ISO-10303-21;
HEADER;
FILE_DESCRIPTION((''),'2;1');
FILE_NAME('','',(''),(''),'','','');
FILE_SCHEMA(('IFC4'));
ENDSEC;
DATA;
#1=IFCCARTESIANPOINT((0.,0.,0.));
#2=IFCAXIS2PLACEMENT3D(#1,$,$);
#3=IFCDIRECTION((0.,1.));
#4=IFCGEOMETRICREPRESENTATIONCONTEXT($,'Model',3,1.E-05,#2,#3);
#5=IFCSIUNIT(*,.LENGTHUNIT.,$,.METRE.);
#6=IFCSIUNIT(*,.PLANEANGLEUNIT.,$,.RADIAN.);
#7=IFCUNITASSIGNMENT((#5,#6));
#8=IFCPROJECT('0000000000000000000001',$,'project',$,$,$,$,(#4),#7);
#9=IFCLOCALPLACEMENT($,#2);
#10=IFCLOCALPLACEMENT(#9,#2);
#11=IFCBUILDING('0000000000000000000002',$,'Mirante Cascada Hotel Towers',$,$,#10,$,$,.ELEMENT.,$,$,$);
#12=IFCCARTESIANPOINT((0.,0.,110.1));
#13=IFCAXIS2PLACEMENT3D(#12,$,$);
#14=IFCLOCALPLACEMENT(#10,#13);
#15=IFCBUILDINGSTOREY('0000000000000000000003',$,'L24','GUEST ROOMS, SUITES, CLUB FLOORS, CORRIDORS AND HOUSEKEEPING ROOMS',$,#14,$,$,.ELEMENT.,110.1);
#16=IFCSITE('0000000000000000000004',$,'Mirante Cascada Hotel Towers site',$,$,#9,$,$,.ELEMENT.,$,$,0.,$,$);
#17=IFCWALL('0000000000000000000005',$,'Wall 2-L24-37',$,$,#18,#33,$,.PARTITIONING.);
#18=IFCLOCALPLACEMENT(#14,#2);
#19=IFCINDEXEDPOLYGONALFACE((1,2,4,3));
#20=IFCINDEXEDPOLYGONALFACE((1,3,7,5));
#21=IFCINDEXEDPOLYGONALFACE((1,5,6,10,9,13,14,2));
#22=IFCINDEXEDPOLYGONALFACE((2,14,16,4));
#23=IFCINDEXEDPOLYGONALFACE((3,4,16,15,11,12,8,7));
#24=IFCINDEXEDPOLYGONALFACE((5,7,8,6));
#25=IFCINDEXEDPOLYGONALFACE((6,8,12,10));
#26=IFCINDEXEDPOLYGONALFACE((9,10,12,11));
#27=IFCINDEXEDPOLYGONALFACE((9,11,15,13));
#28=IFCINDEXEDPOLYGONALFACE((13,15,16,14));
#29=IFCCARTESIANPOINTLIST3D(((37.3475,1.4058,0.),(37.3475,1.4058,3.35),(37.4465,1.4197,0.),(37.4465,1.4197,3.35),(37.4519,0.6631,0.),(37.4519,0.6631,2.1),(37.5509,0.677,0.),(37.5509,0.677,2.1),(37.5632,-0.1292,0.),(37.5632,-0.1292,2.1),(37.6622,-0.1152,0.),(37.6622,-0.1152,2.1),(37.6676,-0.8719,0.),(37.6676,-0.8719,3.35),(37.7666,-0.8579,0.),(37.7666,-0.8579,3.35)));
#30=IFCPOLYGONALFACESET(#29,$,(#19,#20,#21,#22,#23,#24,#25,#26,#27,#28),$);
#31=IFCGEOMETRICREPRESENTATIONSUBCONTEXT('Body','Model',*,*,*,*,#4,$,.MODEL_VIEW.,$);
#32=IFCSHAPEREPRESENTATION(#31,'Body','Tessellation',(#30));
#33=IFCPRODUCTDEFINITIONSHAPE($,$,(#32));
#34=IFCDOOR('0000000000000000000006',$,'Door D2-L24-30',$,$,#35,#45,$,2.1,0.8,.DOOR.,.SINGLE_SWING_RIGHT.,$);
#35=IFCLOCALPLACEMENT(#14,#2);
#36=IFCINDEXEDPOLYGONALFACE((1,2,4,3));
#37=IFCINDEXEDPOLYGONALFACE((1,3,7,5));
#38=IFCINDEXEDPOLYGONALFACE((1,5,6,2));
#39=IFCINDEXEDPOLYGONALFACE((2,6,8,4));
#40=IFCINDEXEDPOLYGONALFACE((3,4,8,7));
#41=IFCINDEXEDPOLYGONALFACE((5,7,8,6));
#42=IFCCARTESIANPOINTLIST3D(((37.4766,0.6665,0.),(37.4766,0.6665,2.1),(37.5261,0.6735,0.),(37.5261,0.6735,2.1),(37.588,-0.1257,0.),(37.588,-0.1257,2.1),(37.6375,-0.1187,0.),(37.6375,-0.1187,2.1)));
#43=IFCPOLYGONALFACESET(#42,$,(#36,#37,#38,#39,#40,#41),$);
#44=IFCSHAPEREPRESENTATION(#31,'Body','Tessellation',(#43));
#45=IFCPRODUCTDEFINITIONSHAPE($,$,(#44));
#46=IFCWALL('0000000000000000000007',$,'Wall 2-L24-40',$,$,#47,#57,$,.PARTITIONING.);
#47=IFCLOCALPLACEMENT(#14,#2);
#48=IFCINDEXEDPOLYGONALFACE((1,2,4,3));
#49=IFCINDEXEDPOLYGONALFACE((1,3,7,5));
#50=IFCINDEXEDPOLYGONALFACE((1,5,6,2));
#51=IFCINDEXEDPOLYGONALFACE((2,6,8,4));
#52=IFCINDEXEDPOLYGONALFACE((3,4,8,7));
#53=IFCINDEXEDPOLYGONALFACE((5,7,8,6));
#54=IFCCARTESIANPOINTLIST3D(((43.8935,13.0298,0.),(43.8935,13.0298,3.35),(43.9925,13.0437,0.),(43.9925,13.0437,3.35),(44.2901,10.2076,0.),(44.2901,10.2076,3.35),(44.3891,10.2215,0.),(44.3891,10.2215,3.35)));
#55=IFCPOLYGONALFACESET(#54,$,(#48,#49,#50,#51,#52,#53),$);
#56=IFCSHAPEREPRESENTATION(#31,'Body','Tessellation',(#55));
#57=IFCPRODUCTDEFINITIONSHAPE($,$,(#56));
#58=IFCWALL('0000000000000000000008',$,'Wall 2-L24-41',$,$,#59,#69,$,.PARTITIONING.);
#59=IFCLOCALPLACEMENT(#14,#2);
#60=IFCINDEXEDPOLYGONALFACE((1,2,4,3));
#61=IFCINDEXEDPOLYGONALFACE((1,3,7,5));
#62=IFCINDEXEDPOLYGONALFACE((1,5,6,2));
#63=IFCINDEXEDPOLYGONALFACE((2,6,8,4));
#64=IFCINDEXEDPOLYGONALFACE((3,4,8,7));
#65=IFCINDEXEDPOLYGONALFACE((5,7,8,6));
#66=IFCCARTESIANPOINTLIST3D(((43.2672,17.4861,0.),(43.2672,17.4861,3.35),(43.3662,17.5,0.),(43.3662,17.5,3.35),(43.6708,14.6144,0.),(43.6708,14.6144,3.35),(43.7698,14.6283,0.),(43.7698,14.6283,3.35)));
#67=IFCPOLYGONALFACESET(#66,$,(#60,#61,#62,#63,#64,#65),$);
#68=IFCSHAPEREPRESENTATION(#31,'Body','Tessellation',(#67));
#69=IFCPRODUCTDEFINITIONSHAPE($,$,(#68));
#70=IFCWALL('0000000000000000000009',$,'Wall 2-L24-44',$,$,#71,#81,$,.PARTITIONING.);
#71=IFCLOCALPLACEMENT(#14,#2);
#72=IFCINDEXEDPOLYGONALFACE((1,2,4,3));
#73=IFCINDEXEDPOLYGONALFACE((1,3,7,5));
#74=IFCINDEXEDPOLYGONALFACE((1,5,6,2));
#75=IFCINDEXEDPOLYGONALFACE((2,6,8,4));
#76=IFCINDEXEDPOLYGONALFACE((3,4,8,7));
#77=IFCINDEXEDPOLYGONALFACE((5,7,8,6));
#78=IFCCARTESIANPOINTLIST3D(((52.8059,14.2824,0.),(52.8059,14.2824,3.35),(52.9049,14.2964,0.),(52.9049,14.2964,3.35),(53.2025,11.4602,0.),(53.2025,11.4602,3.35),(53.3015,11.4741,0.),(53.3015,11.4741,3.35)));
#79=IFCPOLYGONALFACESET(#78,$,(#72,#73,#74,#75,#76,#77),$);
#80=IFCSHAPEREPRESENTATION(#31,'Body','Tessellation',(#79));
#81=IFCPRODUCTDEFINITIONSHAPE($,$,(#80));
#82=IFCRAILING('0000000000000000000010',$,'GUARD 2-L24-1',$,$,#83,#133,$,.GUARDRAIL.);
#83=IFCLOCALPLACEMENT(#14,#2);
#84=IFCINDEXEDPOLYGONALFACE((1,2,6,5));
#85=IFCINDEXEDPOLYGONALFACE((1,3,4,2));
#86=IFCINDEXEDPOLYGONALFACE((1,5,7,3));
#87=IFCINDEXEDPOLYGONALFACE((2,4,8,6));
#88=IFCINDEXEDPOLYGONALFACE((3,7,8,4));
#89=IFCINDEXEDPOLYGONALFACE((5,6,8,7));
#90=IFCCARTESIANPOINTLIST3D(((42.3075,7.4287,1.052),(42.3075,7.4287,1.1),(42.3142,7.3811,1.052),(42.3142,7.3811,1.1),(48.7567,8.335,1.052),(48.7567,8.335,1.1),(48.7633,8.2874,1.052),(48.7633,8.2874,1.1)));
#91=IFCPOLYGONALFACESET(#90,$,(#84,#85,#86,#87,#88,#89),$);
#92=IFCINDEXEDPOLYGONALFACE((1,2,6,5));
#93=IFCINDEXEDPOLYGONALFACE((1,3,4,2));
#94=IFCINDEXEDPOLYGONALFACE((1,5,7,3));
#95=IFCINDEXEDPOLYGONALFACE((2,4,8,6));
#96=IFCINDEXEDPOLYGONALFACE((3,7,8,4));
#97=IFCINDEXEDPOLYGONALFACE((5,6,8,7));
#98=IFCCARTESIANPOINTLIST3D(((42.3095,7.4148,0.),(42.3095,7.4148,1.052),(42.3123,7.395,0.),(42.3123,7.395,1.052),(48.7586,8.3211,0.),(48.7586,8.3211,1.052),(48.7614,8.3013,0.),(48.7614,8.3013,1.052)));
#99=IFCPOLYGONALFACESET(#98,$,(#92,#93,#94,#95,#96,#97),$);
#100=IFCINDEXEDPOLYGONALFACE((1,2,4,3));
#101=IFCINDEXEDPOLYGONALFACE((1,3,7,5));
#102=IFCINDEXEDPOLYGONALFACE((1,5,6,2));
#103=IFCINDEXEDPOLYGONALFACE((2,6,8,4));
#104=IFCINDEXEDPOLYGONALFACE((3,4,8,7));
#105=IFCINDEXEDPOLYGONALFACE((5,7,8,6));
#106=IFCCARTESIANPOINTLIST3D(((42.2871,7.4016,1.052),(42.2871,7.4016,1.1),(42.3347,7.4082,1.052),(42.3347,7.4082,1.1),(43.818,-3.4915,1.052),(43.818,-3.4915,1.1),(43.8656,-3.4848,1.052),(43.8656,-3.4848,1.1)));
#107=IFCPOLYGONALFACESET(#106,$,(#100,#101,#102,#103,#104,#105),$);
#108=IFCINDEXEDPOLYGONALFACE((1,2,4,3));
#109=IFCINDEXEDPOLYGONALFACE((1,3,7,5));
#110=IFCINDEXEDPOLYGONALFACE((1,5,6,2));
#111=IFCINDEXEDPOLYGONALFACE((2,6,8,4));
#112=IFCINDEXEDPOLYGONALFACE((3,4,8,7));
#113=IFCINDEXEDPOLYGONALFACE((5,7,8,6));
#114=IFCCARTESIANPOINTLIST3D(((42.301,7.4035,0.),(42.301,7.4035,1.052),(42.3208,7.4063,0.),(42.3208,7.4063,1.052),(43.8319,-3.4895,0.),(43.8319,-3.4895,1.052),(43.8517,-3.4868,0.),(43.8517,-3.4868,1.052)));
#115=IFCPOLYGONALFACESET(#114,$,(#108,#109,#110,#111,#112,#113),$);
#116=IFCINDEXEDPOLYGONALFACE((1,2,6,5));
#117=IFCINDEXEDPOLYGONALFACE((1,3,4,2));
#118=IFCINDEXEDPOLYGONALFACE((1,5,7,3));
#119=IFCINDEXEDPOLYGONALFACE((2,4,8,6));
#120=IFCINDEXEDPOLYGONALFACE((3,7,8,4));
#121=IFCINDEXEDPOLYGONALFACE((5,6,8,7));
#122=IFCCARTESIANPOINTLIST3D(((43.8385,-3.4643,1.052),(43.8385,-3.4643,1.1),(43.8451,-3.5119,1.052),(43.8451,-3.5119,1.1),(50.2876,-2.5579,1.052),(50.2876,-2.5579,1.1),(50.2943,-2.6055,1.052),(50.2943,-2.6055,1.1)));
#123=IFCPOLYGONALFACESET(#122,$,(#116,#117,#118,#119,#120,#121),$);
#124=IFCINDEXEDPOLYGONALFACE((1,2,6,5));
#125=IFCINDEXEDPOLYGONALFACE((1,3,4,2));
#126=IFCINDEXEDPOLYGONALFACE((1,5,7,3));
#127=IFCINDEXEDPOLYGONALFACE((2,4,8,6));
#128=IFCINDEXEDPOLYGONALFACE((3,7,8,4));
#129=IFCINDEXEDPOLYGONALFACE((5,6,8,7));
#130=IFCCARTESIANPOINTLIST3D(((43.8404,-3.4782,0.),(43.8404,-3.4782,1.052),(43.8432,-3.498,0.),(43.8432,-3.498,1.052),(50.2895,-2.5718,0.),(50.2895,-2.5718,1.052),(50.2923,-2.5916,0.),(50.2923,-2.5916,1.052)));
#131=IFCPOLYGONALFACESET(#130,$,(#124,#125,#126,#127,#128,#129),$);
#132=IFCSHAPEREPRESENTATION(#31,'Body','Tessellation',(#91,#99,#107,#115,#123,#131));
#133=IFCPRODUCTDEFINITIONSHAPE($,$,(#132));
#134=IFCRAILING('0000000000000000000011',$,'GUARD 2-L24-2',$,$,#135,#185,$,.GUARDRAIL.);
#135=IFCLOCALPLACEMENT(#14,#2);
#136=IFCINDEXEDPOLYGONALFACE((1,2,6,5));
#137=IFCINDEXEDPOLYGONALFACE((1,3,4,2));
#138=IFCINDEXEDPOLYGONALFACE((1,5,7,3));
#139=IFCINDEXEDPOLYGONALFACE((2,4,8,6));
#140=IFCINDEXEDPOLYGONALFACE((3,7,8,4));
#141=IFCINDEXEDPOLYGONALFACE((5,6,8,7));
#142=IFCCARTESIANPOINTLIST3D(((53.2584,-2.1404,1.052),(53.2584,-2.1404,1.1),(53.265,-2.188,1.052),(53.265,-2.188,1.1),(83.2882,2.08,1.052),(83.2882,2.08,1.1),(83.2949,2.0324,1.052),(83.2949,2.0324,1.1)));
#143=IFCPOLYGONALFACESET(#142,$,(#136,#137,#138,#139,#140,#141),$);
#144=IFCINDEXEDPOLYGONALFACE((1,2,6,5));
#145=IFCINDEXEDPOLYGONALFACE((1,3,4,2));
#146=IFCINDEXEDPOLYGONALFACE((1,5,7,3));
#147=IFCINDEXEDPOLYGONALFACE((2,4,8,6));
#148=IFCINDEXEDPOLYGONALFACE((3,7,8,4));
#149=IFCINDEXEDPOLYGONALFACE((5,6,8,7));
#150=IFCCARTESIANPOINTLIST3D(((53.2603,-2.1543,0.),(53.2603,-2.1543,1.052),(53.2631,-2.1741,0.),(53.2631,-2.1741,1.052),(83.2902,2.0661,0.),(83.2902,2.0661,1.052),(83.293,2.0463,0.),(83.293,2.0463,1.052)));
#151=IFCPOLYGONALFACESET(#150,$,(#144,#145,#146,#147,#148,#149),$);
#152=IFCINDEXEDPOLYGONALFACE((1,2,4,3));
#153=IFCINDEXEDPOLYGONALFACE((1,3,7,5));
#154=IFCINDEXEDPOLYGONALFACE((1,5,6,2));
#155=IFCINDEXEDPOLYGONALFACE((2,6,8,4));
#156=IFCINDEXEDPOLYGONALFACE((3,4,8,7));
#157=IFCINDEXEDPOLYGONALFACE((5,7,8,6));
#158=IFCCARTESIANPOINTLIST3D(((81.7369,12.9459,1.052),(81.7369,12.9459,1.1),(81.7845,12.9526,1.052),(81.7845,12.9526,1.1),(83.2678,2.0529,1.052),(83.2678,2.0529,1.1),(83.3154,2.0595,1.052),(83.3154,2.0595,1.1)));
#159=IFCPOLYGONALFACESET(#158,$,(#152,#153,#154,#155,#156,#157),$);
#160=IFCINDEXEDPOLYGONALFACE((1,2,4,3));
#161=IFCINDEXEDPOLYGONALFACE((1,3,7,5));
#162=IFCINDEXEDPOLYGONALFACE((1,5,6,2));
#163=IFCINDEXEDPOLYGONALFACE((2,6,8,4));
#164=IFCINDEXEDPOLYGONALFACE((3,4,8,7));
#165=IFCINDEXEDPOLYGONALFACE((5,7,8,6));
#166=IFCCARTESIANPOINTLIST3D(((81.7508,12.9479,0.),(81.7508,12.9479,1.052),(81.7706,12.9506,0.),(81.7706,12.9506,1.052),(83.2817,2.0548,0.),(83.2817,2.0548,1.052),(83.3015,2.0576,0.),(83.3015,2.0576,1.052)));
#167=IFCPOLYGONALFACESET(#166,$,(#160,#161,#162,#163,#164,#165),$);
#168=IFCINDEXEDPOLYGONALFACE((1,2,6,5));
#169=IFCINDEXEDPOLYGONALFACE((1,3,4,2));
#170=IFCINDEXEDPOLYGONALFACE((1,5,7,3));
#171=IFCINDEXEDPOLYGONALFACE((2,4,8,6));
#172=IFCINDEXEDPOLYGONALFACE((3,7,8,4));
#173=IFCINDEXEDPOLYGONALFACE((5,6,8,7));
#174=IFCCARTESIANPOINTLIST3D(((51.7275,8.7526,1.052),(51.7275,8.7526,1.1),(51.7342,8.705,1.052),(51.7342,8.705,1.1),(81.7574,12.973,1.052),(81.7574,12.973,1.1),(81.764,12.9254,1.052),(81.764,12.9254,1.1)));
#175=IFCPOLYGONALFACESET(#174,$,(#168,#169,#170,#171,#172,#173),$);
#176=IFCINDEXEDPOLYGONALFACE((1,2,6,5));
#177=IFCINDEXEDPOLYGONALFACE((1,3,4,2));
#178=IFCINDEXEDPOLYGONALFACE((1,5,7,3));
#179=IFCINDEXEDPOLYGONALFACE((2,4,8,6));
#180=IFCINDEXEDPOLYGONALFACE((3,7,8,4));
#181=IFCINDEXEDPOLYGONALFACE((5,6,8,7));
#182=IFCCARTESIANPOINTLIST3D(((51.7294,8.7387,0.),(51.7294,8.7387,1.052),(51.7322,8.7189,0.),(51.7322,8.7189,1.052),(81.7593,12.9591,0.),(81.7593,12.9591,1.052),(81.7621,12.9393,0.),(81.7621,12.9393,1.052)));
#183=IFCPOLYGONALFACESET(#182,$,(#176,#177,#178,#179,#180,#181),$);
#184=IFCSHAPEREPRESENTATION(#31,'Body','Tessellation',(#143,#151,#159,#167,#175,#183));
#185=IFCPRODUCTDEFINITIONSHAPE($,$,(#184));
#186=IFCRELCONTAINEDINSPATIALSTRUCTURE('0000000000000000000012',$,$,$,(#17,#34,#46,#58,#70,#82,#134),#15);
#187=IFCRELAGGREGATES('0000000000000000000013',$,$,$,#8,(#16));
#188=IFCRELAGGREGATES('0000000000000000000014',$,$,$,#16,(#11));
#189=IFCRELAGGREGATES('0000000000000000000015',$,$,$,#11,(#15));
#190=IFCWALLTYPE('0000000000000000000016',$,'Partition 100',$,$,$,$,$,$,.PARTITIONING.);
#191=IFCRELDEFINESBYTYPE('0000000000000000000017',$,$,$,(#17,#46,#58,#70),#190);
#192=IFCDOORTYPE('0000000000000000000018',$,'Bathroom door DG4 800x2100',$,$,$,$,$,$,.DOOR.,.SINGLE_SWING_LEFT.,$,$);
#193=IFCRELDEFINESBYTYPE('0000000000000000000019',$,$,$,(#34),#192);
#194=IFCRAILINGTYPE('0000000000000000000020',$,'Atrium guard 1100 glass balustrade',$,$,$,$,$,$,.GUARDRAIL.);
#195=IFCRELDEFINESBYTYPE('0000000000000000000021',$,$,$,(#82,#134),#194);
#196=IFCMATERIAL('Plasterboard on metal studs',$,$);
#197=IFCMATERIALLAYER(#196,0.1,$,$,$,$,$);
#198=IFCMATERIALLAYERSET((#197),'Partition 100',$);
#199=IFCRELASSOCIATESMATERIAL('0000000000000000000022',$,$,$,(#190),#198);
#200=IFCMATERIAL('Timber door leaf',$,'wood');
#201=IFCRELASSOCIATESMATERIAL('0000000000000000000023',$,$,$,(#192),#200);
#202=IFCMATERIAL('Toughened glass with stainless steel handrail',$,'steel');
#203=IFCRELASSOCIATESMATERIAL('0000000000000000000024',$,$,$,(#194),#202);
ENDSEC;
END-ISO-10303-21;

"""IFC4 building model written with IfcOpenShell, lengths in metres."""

from ifc_helpers import new_model, si_unit, direction, frame, frame_2d, origin, origin_2d, place, context, subcontext, project, spatial, rectangle, extrude, material, layer, layer_set, type_object, element, fill, save


model = new_model("IFC4")

# Units and contexts
model_context = context("Model", 3, precision=1e-05, world=origin(), true_north=direction((0.0, 1.0)))
body_context = subcontext(model_context, "Body", "Model", "MODEL_VIEW")
ifc_project = project(units=[si_unit("LENGTHUNIT", "METRE"), si_unit("PLANEANGLEUNIT", "RADIAN")], contexts=[model_context])

# Site, building, storey
site_placement = place(None, origin())
site = spatial("IfcSite", under=ifc_project, at=site_placement, Name="Mirante Cascada Hotel Towers site", CompositionType="ELEMENT", RefElevation=0.0)
building_placement = place(site_placement, origin())
building = spatial("IfcBuilding", under=site, at=building_placement, Name="Mirante Cascada Hotel Towers", CompositionType="ELEMENT")
storey_placement = place(building_placement, frame((0.0, 0.0, 110.1)))
storey = spatial("IfcBuildingStorey", under=building, at=storey_placement, Name="L24", Description="GUEST ROOMS, SUITES, CLUB FLOORS, CORRIDORS AND HOUSEKEEPING ROOMS", CompositionType="ELEMENT", Elevation=110.1)

# Shared definitions
ifc_material_1 = material(Name="Plasterboard on metal studs")
ifc_layer_1 = layer(ifc_material_1, 0.1)
ifc_layer_set_1 = layer_set([ifc_layer_1], Name="Partition 100")
wall_type_1 = type_object("IfcWallType", Name="Partition 100", PredefinedType="PARTITIONING", material=ifc_layer_set_1)

# Wall, opening, door
ifc_material_2 = material(Name="Timber door leaf", Category="wood")
door_type_1 = type_object("IfcDoorType", Name="Bathroom door DG4 800x2100", OperationType="SINGLE_SWING_LEFT", PredefinedType="DOOR", material=ifc_material_2)
wall_1_placement = place(storey_placement, frame((37.7171, -0.8649, 0.0), z_axis=(0.0, 0.0, 1.0), x_axis=(-0.139175, 0.990268, 0.0)))
wall_1 = element("IfcWall", 1, at=wall_1_placement, inside=storey, type_object=wall_type_1, Name="Wall 2-L24-37", PredefinedType="PARTITIONING", context=body_context, shape_type="SweptSolid", body=[
    extrude(rectangle(XDim=2.3, YDim=0.1, at=frame_2d((1.15, 0.0))), origin(), (0.0, 0.0, 1.0), 3.35),
])
opening_1_placement = place(wall_1_placement, frame((0.75, 0.0, 0.0)))
opening_1 = element("IfcOpeningElement", 2, at=opening_1_placement, cuts=wall_1, PredefinedType="OPENING", context=body_context, shape_type="SweptSolid", body=[
    extrude(rectangle(XDim=0.8, YDim=2.1, at=frame_2d((0.4, 1.05))), frame((0.0, 0.05, 0.0), z_axis=(0.0, -1.0, 0.0), x_axis=(1.0, 0.0, 0.0)), (0.0, 0.0, 1.0), 0.1),
])
door_1_placement = place(opening_1_placement, frame((0.8, 0.0, 0.0), z_axis=(0.0, 0.0, 1.0), x_axis=(-1.0, 0.0, 0.0)))
door_1 = element("IfcDoor", 3, at=door_1_placement, inside=storey, type_object=door_type_1, Name="Door D2-L24-30", OperationType="SINGLE_SWING_RIGHT", OverallHeight=2.1, OverallWidth=0.8, PredefinedType="DOOR", context=body_context, shape_type="SweptSolid", body=[
    extrude(rectangle(XDim=0.8, YDim=2.1, at=frame_2d((0.4, 1.05))), frame((0.0, 0.025, 0.0), z_axis=(0.0, -1.0, 0.0), x_axis=(1.0, 0.0, 0.0)), (0.0, 0.0, 1.0), 0.05),
])
fill(opening_1, door_1)

# Walls
wall_2_placement = place(storey_placement, frame((43.943, 13.0368, 0.0), z_axis=(0.0, 0.0, 1.0), x_axis=(0.139161, -0.99027, 0.0)))
element("IfcWall", 4, at=wall_2_placement, inside=storey, type_object=wall_type_1, Name="Wall 2-L24-40", PredefinedType="PARTITIONING", context=body_context, shape_type="SweptSolid", body=[
    extrude(rectangle(XDim=2.8499, YDim=0.1, at=frame_2d((1.425, 0.0))), origin(), (0.0, 0.0, 1.0), 3.35),
])
wall_3_placement = place(storey_placement, frame((43.7203, 14.6213, 0.0), z_axis=(0.0, 0.0, 1.0), x_axis=(-0.139176, 0.990268, 0.0)))
element("IfcWall", 5, at=wall_3_placement, inside=storey, type_object=wall_type_1, Name="Wall 2-L24-41", PredefinedType="PARTITIONING", context=body_context, shape_type="SweptSolid", body=[
    extrude(rectangle(XDim=2.8999, YDim=0.1, at=frame_2d((1.45, 0.0))), origin(), (0.0, 0.0, 1.0), 3.35),
])
wall_4_placement = place(storey_placement, frame((52.8554, 14.2894, 0.0), z_axis=(0.0, 0.0, 1.0), x_axis=(0.139156, -0.99027, 0.0)))
element("IfcWall", 6, at=wall_4_placement, inside=storey, type_object=wall_type_1, Name="Wall 2-L24-44", PredefinedType="PARTITIONING", context=body_context, shape_type="SweptSolid", body=[
    extrude(rectangle(XDim=2.85, YDim=0.1, at=frame_2d((1.425, 0.0))), origin(), (0.0, 0.0, 1.0), 3.35),
])

# Railings
ifc_material_3 = material(Name="Toughened glass with stainless steel handrail", Category="steel")
railing_type = type_object("IfcRailingType", Name="Atrium guard 1100 glass balustrade", PredefinedType="GUARDRAIL", material=ifc_material_3)
railing_1_placement = place(storey_placement, frame((48.76, 8.3112, 0.0)))
element("IfcRailing", 7, at=railing_1_placement, inside=storey, type_object=railing_type, Name="GUARD 2-L24-1", PredefinedType="GUARDRAIL", context=body_context, shape_type="SweptSolid", body=[
    extrude(rectangle(XDim=0.048, YDim=0.048, at=origin_2d()), frame((0.0, 0.0, 1.076), z_axis=(-0.990269, -0.139164, 0.0), x_axis=(0.139164, -0.990269, 0.0)), (0.0, 0.0, 1.0), 6.5125),
    extrude(rectangle(XDim=0.02, YDim=1.052, at=origin_2d()), frame((0.0, 0.0, 0.526), z_axis=(-0.990269, -0.139164, 0.0), x_axis=(0.139164, -0.990269, 0.0)), (0.0, 0.0, 1.0), 6.5125),
    extrude(rectangle(XDim=0.048, YDim=0.048, at=origin_2d()), frame((-6.4491, -0.9063, 1.076), z_axis=(0.139172, -0.990268, 0.0), x_axis=(0.990268, 0.139172, 0.0)), (0.0, 0.0, 1.0), 11.0001),
    extrude(rectangle(XDim=0.02, YDim=1.052, at=origin_2d()), frame((-6.4491, -0.9063, 0.526), z_axis=(0.139172, -0.990268, 0.0), x_axis=(0.990268, 0.139172, 0.0)), (0.0, 0.0, 1.0), 11.0001),
    extrude(rectangle(XDim=0.048, YDim=0.048, at=origin_2d()), frame((-4.9182, -11.7993, 1.076), z_axis=(0.990267, 0.139179, 0.0), x_axis=(-0.139179, 0.990267, 0.0)), (0.0, 0.0, 1.0), 6.5125),
    extrude(rectangle(XDim=0.02, YDim=1.052, at=origin_2d()), frame((-4.9182, -11.7993, 0.526), z_axis=(0.990267, 0.139179, 0.0), x_axis=(-0.139179, 0.990267, 0.0)), (0.0, 0.0, 1.0), 6.5125),
])
railing_2_placement = place(storey_placement, frame((53.2617, -2.1642, 0.0)))
element("IfcRailing", 8, at=railing_2_placement, inside=storey, type_object=railing_type, Name="GUARD 2-L24-2", PredefinedType="GUARDRAIL", context=body_context, shape_type="SweptSolid", body=[
    extrude(rectangle(XDim=0.048, YDim=0.048, at=origin_2d()), frame((0.0, 0.0, 1.076), z_axis=(0.990268, 0.139172, 0.0), x_axis=(-0.139172, 0.990268, 0.0)), (0.0, 0.0, 1.0), 30.325),
    extrude(rectangle(XDim=0.02, YDim=1.052, at=origin_2d()), frame((0.0, 0.0, 0.526), z_axis=(0.990268, 0.139172, 0.0), x_axis=(-0.139172, 0.990268, 0.0)), (0.0, 0.0, 1.0), 30.325),
    extrude(rectangle(XDim=0.048, YDim=0.048, at=origin_2d()), frame((30.0299, 4.2204, 1.076), z_axis=(-0.139172, 0.990268, 0.0), x_axis=(-0.990268, -0.139172, 0.0)), (0.0, 0.0, 1.0), 11.0001),
    extrude(rectangle(XDim=0.02, YDim=1.052, at=origin_2d()), frame((30.0299, 4.2204, 0.526), z_axis=(-0.139172, 0.990268, 0.0), x_axis=(-0.990268, -0.139172, 0.0)), (0.0, 0.0, 1.0), 11.0001),
    extrude(rectangle(XDim=0.048, YDim=0.048, at=origin_2d()), frame((28.499, 15.1134, 1.076), z_axis=(-0.990268, -0.139172, 0.0), x_axis=(0.139172, -0.990268, 0.0)), (0.0, 0.0, 1.0), 30.325),
    extrude(rectangle(XDim=0.02, YDim=1.052, at=origin_2d()), frame((28.499, 15.1134, 0.526), z_axis=(-0.990268, -0.139172, 0.0), x_axis=(0.139172, -0.990268, 0.0)), (0.0, 0.0, 1.0), 30.325),
])

save(model, "model.ifc")
